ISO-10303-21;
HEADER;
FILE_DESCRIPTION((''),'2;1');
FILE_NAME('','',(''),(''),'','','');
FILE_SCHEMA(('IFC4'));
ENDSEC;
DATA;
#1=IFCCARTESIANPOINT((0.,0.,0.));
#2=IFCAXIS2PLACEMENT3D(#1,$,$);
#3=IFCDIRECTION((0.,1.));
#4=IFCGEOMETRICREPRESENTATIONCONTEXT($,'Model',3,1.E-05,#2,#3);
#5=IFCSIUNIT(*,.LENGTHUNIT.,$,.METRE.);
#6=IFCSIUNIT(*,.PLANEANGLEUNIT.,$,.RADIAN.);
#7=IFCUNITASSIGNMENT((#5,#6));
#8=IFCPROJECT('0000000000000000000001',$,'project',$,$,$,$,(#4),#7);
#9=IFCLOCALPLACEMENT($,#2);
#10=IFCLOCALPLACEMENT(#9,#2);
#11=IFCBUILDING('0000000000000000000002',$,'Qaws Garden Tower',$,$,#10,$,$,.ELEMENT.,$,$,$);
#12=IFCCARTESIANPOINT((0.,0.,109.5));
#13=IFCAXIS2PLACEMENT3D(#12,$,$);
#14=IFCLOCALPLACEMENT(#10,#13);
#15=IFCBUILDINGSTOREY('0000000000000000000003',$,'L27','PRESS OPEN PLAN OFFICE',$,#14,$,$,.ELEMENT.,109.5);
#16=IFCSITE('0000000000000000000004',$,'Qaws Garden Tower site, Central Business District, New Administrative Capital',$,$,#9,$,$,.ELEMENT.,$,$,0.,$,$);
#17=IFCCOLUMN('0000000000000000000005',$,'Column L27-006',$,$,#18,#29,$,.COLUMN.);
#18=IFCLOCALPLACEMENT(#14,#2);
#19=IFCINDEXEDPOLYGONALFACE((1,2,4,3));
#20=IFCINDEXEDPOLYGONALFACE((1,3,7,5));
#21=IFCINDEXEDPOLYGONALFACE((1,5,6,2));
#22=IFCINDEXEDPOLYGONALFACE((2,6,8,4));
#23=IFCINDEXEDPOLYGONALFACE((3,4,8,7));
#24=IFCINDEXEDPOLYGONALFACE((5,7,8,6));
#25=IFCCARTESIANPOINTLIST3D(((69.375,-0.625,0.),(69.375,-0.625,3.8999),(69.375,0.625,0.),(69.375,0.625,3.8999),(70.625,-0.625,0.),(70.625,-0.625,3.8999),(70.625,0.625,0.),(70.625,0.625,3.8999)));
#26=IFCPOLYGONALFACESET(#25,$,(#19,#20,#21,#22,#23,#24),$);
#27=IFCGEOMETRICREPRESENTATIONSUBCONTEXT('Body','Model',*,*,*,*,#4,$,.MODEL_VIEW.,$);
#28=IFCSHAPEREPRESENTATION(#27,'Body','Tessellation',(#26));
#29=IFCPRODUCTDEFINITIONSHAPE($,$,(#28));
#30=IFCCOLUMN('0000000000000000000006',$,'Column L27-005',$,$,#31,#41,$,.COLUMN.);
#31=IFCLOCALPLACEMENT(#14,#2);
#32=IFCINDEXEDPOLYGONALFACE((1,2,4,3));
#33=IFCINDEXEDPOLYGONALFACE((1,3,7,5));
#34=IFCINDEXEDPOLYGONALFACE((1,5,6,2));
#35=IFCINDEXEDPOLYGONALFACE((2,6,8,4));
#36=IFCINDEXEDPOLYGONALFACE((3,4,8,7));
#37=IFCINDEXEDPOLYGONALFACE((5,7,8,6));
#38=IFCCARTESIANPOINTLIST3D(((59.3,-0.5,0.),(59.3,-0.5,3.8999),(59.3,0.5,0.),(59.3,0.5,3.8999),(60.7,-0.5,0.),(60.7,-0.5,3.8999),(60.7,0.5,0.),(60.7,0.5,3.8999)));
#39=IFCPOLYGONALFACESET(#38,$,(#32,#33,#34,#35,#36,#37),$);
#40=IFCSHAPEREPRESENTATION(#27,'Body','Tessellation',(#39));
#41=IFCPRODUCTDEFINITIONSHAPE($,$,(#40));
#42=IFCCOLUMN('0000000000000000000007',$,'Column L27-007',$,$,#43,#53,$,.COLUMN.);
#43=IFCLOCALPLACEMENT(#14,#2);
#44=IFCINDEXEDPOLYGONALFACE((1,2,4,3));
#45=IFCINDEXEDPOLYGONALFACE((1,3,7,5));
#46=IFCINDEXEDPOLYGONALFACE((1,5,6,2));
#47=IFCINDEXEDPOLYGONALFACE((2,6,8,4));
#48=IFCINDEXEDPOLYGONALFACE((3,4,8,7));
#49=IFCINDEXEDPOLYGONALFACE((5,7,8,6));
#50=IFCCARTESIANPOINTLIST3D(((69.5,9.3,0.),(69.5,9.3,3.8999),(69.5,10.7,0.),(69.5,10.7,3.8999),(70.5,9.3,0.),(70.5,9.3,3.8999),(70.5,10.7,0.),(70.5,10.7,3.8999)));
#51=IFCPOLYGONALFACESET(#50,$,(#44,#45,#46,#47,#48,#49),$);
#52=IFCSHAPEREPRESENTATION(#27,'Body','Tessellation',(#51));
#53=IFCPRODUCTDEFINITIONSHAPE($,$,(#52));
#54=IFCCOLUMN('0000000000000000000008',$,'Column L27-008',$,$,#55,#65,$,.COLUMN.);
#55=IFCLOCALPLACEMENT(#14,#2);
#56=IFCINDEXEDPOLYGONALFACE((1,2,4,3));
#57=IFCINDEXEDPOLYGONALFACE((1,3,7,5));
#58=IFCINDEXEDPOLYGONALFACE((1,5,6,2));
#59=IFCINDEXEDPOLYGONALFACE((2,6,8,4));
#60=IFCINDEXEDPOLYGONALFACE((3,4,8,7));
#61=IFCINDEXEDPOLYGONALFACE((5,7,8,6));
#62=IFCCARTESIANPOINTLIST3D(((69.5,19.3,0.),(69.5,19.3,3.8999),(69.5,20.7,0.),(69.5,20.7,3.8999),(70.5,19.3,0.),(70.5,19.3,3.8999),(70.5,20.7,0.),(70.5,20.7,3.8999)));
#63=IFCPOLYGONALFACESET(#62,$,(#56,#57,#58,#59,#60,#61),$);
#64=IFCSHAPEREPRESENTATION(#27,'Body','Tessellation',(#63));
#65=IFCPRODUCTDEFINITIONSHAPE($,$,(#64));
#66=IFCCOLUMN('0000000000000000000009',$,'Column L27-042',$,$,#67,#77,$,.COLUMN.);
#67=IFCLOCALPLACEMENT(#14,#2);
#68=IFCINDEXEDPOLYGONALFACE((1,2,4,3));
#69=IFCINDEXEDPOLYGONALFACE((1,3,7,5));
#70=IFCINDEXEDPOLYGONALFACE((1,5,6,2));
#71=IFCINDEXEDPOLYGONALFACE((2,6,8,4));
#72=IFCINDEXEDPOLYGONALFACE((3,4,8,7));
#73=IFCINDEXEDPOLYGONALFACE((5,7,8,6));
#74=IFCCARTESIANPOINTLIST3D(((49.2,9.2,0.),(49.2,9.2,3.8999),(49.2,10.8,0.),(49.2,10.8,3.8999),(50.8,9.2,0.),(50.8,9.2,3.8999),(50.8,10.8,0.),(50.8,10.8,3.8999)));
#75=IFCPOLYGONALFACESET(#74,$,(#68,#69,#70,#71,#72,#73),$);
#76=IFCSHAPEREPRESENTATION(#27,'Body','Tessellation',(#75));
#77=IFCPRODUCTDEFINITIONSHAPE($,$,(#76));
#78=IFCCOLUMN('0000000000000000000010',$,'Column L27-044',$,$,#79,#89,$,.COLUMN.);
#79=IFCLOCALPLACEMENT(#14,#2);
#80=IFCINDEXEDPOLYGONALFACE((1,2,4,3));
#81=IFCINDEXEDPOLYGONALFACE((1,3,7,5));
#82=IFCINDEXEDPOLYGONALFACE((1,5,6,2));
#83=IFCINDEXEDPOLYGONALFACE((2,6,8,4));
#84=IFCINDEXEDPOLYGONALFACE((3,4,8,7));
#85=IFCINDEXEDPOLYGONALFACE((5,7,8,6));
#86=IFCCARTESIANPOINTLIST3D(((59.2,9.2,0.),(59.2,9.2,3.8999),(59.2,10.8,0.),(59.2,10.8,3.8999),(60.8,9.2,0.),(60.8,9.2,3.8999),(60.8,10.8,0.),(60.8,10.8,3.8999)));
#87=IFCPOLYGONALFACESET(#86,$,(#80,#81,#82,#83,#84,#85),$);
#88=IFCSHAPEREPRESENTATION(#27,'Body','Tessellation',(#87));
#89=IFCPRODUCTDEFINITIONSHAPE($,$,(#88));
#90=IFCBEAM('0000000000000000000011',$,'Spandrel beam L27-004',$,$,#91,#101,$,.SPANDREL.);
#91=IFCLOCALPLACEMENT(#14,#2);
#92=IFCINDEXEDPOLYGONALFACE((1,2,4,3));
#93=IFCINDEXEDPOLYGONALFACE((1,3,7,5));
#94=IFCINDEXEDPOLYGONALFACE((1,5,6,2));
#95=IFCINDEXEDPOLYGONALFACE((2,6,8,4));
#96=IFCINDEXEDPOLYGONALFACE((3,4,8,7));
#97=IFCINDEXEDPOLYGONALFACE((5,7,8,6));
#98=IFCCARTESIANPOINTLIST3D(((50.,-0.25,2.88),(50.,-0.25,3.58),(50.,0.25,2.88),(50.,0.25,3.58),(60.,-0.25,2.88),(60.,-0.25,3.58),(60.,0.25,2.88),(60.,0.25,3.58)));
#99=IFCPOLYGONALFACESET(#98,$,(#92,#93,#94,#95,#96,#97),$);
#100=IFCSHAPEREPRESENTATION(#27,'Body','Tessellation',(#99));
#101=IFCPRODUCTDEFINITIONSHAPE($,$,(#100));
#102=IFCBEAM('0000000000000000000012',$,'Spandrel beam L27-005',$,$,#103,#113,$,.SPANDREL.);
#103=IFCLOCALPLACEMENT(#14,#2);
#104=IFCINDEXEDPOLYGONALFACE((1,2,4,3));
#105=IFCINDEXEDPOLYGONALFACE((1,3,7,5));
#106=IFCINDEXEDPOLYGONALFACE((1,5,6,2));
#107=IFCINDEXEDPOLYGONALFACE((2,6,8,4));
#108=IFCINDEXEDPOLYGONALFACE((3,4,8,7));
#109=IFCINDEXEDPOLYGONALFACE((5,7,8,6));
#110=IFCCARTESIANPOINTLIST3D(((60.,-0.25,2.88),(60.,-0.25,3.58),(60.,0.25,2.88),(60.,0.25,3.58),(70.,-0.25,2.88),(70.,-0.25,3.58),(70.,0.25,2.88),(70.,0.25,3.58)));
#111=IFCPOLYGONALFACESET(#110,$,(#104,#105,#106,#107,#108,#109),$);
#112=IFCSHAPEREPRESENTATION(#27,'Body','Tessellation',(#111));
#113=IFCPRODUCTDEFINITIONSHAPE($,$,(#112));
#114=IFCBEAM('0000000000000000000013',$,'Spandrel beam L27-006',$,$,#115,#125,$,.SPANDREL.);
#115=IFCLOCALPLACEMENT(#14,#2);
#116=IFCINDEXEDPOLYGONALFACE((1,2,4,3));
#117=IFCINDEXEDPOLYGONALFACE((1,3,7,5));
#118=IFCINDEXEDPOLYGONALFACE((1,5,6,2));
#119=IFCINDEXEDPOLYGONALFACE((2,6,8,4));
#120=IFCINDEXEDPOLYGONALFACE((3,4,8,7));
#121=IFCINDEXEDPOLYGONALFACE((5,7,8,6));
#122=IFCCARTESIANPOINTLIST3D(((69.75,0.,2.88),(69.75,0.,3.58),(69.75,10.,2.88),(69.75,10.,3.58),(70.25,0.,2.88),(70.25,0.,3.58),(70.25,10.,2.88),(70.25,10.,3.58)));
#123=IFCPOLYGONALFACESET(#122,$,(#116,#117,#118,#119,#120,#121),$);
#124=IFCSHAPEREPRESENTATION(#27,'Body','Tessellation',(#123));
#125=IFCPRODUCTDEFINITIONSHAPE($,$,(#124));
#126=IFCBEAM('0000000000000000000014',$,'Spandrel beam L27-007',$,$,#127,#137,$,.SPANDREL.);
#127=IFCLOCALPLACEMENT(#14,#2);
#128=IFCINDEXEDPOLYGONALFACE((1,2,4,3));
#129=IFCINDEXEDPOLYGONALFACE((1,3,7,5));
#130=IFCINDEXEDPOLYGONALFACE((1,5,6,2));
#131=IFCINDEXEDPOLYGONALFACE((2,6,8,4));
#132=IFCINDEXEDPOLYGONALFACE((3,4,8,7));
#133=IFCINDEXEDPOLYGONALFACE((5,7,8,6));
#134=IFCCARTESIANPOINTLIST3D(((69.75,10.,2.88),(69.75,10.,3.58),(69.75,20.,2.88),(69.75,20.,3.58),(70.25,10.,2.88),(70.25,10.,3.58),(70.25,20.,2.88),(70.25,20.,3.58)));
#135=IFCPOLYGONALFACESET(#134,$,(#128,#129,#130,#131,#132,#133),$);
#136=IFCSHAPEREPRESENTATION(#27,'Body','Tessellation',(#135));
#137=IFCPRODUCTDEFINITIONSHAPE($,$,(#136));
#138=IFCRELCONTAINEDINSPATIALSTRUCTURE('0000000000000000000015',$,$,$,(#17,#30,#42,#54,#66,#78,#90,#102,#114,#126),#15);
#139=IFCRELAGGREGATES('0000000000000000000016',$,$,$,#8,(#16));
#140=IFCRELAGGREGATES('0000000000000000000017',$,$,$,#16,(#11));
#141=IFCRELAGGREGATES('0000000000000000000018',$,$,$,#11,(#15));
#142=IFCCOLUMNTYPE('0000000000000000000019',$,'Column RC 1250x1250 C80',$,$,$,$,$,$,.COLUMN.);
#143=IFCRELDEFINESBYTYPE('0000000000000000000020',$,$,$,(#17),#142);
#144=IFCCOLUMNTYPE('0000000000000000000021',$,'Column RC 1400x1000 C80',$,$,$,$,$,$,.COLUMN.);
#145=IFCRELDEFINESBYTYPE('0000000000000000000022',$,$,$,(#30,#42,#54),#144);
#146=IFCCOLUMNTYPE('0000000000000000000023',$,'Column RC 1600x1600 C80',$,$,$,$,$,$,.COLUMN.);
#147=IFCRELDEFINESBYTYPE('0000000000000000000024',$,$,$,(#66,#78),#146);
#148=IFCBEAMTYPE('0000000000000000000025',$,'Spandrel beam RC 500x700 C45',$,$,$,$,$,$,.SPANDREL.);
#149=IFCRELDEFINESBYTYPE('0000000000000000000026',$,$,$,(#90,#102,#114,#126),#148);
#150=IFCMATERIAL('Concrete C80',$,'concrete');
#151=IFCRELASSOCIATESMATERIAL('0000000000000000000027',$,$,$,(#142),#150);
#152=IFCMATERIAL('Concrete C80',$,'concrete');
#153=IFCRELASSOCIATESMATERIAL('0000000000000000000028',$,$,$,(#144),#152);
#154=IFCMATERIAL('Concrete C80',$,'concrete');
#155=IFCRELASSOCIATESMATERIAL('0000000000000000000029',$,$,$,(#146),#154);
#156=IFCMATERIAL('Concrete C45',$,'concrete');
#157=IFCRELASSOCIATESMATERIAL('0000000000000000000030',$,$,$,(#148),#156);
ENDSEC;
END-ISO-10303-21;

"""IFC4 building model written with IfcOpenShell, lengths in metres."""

from ifc_helpers import new_model, si_unit, direction, frame, origin, origin_2d, place, context, subcontext, project, spatial, rectangle, extrude, material, material_profile, profile_set, type_object, element, save


model = new_model("IFC4")

# Units and contexts
model_context = context("Model", 3, precision=1e-05, world=origin(), true_north=direction((0.0, 1.0)))
body_context = subcontext(model_context, "Body", "Model", "MODEL_VIEW")
ifc_project = project(units=[si_unit("LENGTHUNIT", "METRE"), si_unit("PLANEANGLEUNIT", "RADIAN")], contexts=[model_context])

# Site, building, storey
site_placement = place(None, origin())
site = spatial("IfcSite", under=ifc_project, at=site_placement, Name="Qaws Garden Tower site, Central Business District, New Administrative Capital", CompositionType="ELEMENT", RefElevation=0.0)
building_placement = place(site_placement, origin())
building = spatial("IfcBuilding", under=site, at=building_placement, Name="Qaws Garden Tower", CompositionType="ELEMENT")
storey_placement = place(building_placement, frame((0.0, 0.0, 109.5)))
storey = spatial("IfcBuildingStorey", under=building, at=storey_placement, Name="L27", Description="PRESS OPEN PLAN OFFICE", CompositionType="ELEMENT", Elevation=109.5)

# Columns
ifc_material_1 = material(Name="Concrete C80", Category="concrete")
ifc_material_profile_1 = material_profile(ifc_material_1, rectangle(XDim=1.25, YDim=1.25, at=origin_2d()), Name="RC 1250x1250")
ifc_profile_set_1 = profile_set([ifc_material_profile_1], Name="Concrete C80")
column_type_1 = type_object("IfcColumnType", Name="Column RC 1250x1250 C80", PredefinedType="COLUMN", material=ifc_profile_set_1)
column_placement = place(storey_placement, frame((70.0, 0.0, 0.0), z_axis=(0.0, 0.0, 1.0), x_axis=(1.0, 0.0, 0.0)))
element("IfcColumn", 1, at=column_placement, inside=storey, type_object=column_type_1, Name="Column L27-006", PredefinedType="COLUMN", context=body_context, shape_type="SweptSolid", body=[
    extrude(rectangle(XDim=1.25, YDim=1.25, at=origin_2d()), origin(), (0.0, 0.0, 1.0), 3.8999),
])
ifc_material_2 = material(Name="Concrete C80", Category="concrete")
ifc_material_profile_2 = material_profile(ifc_material_2, rectangle(XDim=1.3999, YDim=1.0, at=origin_2d()), Name="RC 1400x1000")
ifc_profile_set_2 = profile_set([ifc_material_profile_2], Name="Concrete C80")
column_type_2 = type_object("IfcColumnType", Name="Column RC 1400x1000 C80", PredefinedType="COLUMN", material=ifc_profile_set_2)
for number, where, z_axis, x_axis, name in (
    (2, (60.0, 0.0, 0.0), (0.0, 0.0, 1.0), (1.0, 0.0, 0.0), "Column L27-005"),
    (3, (70.0, 10.0, 0.0), (0.0, 0.0, 1.0), (0.0, 1.0, 0.0), "Column L27-007"),
    (4, (70.0, 20.0, 0.0), (0.0, 0.0, 1.0), (0.0, 1.0, 0.0), "Column L27-008"),
):
    element("IfcColumn", number, at=place(storey_placement, frame(where, z_axis=z_axis, x_axis=x_axis)), inside=storey, type_object=column_type_2, Name=name, PredefinedType="COLUMN", context=body_context, shape_type="SweptSolid", body=[
        extrude(rectangle(XDim=1.3999, YDim=1.0, at=origin_2d()), origin(), (0.0, 0.0, 1.0), 3.8999),
    ])
ifc_material_3 = material(Name="Concrete C80", Category="concrete")
ifc_material_profile_3 = material_profile(ifc_material_3, rectangle(XDim=1.6001, YDim=1.6001, at=origin_2d()), Name="RC 1600x1600")
ifc_profile_set_3 = profile_set([ifc_material_profile_3], Name="Concrete C80")
column_type_3 = type_object("IfcColumnType", Name="Column RC 1600x1600 C80", PredefinedType="COLUMN", material=ifc_profile_set_3)
for number, where, z_axis, x_axis, name in (
    (5, (50.0, 10.0, 0.0), (0.0, 0.0, 1.0), (1.0, 0.0, 0.0), "Column L27-042"),
    (6, (60.0, 10.0, 0.0), (0.0, 0.0, 1.0), (1.0, 0.0, 0.0), "Column L27-044"),
):
    element("IfcColumn", number, at=place(storey_placement, frame(where, z_axis=z_axis, x_axis=x_axis)), inside=storey, type_object=column_type_3, Name=name, PredefinedType="COLUMN", context=body_context, shape_type="SweptSolid", body=[
        extrude(rectangle(XDim=1.6001, YDim=1.6001, at=origin_2d()), origin(), (0.0, 0.0, 1.0), 3.8999),
    ])

# Beams
ifc_material_4 = material(Name="Concrete C45", Category="concrete")
ifc_material_profile_4 = material_profile(ifc_material_4, rectangle(XDim=0.5, YDim=0.7, at=origin_2d()), Name="RC 500x700")
ifc_profile_set_4 = profile_set([ifc_material_profile_4], Name="Concrete C45")
beam_type = type_object("IfcBeamType", Name="Spandrel beam RC 500x700 C45", PredefinedType="SPANDREL", material=ifc_profile_set_4)
for number, where, z_axis, x_axis, name in (
    (7, (50.0, 0.0, 3.23), (1.0, 0.0, 0.0), (0.0, 1.0, 0.0), "Spandrel beam L27-004"),
    (8, (60.0, 0.0, 3.23), (1.0, 0.0, 0.0), (0.0, 1.0, 0.0), "Spandrel beam L27-005"),
    (9, (70.0, 0.0, 3.23), (0.0, 1.0, 0.0), (-1.0, 0.0, 0.0), "Spandrel beam L27-006"),
    (10, (70.0, 10.0, 3.23), (0.0, 1.0, 0.0), (-1.0, 0.0, 0.0), "Spandrel beam L27-007"),
):
    element("IfcBeam", number, at=place(storey_placement, frame(where, z_axis=z_axis, x_axis=x_axis)), inside=storey, type_object=beam_type, Name=name, PredefinedType="SPANDREL", context=body_context, shape_type="SweptSolid", body=[
        extrude(rectangle(XDim=0.5, YDim=0.7, at=origin_2d()), origin(), (0.0, 0.0, 1.0), 10.0),
    ])

save(model, "model.ifc")
